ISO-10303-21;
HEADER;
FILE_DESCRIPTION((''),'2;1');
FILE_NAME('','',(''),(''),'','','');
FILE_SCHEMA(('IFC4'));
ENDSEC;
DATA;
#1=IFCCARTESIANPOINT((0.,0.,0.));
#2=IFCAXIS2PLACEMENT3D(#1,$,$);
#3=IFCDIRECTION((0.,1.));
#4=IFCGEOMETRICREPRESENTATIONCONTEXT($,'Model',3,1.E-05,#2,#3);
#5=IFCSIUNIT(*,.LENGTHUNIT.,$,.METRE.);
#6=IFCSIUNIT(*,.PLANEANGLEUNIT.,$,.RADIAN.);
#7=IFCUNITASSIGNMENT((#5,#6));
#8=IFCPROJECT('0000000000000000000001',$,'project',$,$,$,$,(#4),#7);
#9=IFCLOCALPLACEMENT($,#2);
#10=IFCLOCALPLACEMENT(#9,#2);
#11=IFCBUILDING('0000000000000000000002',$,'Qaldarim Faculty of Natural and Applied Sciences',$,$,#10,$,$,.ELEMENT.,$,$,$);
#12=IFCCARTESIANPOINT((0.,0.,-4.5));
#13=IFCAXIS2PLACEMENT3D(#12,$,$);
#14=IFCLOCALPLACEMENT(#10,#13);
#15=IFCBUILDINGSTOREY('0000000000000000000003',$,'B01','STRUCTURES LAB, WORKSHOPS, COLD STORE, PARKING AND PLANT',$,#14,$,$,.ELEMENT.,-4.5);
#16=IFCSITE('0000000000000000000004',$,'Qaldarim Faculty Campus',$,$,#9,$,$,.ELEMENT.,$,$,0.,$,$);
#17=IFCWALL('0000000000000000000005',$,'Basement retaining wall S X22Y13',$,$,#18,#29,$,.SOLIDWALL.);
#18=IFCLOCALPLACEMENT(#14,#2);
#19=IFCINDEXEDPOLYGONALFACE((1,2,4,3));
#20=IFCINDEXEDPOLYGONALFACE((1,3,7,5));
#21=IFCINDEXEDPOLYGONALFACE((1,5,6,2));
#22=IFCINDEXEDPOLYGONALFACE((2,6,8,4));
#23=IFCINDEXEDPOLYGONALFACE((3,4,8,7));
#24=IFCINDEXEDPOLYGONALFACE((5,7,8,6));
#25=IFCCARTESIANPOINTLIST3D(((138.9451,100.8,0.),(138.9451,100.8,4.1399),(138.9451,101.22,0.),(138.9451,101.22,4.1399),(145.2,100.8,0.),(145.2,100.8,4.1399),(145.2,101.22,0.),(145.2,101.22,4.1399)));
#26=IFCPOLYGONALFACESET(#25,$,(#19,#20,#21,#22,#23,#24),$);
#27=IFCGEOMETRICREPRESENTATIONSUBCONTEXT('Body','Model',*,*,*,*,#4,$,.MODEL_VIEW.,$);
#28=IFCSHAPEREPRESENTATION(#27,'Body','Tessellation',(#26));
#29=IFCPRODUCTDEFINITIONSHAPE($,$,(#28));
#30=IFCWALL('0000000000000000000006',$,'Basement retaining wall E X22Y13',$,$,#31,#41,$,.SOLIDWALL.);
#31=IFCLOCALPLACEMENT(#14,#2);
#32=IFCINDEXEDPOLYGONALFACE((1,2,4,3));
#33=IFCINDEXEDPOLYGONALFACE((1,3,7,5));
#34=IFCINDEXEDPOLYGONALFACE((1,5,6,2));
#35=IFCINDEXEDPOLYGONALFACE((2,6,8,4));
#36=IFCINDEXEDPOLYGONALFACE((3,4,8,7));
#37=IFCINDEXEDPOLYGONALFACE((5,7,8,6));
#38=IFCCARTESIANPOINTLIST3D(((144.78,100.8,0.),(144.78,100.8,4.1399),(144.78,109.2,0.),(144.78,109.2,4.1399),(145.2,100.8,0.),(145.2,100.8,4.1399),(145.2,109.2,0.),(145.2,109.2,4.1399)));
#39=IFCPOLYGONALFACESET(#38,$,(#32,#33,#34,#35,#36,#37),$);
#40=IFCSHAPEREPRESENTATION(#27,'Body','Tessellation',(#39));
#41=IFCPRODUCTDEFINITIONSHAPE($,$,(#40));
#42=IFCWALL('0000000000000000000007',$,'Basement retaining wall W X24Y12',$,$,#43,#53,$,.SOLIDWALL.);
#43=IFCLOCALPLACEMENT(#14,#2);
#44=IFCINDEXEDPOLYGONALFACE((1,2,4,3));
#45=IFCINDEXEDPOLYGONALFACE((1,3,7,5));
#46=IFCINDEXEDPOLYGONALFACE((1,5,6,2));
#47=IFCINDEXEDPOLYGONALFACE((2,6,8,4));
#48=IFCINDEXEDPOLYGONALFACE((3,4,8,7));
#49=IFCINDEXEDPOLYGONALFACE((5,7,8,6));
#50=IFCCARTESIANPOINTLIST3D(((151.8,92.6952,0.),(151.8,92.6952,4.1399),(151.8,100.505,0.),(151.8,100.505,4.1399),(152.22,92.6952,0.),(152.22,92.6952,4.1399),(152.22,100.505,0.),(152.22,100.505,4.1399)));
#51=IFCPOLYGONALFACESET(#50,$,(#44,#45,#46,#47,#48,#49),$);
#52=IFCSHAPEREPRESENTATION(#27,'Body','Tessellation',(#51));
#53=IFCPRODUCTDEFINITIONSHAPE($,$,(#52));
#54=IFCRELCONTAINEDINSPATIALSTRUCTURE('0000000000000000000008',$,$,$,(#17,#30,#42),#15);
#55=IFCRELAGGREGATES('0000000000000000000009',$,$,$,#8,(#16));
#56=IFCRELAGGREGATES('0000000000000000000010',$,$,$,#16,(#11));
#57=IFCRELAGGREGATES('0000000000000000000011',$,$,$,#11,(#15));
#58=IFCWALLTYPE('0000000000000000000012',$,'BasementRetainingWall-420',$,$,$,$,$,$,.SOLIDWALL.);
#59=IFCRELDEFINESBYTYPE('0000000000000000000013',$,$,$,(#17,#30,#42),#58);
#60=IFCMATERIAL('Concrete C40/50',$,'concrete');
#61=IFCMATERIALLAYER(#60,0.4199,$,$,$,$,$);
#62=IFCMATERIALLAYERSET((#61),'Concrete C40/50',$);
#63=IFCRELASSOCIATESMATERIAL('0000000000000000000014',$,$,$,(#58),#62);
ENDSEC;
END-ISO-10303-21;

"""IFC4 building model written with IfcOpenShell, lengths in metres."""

from ifc_helpers import new_model, si_unit, direction, frame, frame_2d, origin, place, context, subcontext, project, spatial, rectangle, extrude, material, layer, layer_set, type_object, element, save


model = new_model("IFC4")

# Units and contexts
model_context = context("Model", 3, precision=1e-05, world=origin(), true_north=direction((0.0, 1.0)))
body_context = subcontext(model_context, "Body", "Model", "MODEL_VIEW")
ifc_project = project(units=[si_unit("LENGTHUNIT", "METRE"), si_unit("PLANEANGLEUNIT", "RADIAN")], contexts=[model_context])

# Site, building, storey
site_placement = place(None, origin())
site = spatial("IfcSite", under=ifc_project, at=site_placement, Name="Qaldarim Faculty Campus", CompositionType="ELEMENT", RefElevation=0.0)
building_placement = place(site_placement, origin())
building = spatial("IfcBuilding", under=site, at=building_placement, Name="Qaldarim Faculty of Natural and Applied Sciences", CompositionType="ELEMENT")
storey_placement = place(building_placement, frame((0.0, 0.0, -4.5)))
storey = spatial("IfcBuildingStorey", under=building, at=storey_placement, Name="B01", Description="STRUCTURES LAB, WORKSHOPS, COLD STORE, PARKING AND PLANT", CompositionType="ELEMENT", Elevation=-4.5)

# Shared definitions
ifc_material_1 = material(Name="Concrete C40/50", Category="concrete")

# Walls
ifc_layer_1 = layer(ifc_material_1, 0.4199)
ifc_layer_set_1 = layer_set([ifc_layer_1], Name="Concrete C40/50")
wall_type = type_object("IfcWallType", Name="BasementRetainingWall-420", PredefinedType="SOLIDWALL", material=ifc_layer_set_1)
wall_1_placement = place(storey_placement, frame((138.9451, 101.01, 0.0), z_axis=(0.0, 0.0, 1.0), x_axis=(1.0, 0.0, 0.0)))
element("IfcWall", 1, at=wall_1_placement, inside=storey, type_object=wall_type, Name="Basement retaining wall S X22Y13", PredefinedType="SOLIDWALL", context=body_context, shape_type="SweptSolid", body=[
    extrude(rectangle(XDim=6.2549, YDim=0.4199, at=frame_2d((3.1274, 0.0))), origin(), (0.0, 0.0, 1.0), 4.1399),
])
wall_2_placement = place(storey_placement, frame((144.99, 100.8, 0.0), z_axis=(0.0, 0.0, 1.0), x_axis=(0.0, 1.0, 0.0)))
element("IfcWall", 2, at=wall_2_placement, inside=storey, type_object=wall_type, Name="Basement retaining wall E X22Y13", PredefinedType="SOLIDWALL", context=body_context, shape_type="SweptSolid", body=[
    extrude(rectangle(XDim=8.3999, YDim=0.4199, at=frame_2d((4.2, 0.0))), origin(), (0.0, 0.0, 1.0), 4.1399),
])
wall_3_placement = place(storey_placement, frame((152.01, 100.5049, 0.0), z_axis=(0.0, 0.0, 1.0), x_axis=(0.0, -1.0, 0.0)))
element("IfcWall", 3, at=wall_3_placement, inside=storey, type_object=wall_type, Name="Basement retaining wall W X24Y12", PredefinedType="SOLIDWALL", context=body_context, shape_type="SweptSolid", body=[
    extrude(rectangle(XDim=7.8098, YDim=0.4199, at=frame_2d((3.9048, 0.0))), origin(), (0.0, 0.0, 1.0), 4.1399),
])

save(model, "model.ifc")
